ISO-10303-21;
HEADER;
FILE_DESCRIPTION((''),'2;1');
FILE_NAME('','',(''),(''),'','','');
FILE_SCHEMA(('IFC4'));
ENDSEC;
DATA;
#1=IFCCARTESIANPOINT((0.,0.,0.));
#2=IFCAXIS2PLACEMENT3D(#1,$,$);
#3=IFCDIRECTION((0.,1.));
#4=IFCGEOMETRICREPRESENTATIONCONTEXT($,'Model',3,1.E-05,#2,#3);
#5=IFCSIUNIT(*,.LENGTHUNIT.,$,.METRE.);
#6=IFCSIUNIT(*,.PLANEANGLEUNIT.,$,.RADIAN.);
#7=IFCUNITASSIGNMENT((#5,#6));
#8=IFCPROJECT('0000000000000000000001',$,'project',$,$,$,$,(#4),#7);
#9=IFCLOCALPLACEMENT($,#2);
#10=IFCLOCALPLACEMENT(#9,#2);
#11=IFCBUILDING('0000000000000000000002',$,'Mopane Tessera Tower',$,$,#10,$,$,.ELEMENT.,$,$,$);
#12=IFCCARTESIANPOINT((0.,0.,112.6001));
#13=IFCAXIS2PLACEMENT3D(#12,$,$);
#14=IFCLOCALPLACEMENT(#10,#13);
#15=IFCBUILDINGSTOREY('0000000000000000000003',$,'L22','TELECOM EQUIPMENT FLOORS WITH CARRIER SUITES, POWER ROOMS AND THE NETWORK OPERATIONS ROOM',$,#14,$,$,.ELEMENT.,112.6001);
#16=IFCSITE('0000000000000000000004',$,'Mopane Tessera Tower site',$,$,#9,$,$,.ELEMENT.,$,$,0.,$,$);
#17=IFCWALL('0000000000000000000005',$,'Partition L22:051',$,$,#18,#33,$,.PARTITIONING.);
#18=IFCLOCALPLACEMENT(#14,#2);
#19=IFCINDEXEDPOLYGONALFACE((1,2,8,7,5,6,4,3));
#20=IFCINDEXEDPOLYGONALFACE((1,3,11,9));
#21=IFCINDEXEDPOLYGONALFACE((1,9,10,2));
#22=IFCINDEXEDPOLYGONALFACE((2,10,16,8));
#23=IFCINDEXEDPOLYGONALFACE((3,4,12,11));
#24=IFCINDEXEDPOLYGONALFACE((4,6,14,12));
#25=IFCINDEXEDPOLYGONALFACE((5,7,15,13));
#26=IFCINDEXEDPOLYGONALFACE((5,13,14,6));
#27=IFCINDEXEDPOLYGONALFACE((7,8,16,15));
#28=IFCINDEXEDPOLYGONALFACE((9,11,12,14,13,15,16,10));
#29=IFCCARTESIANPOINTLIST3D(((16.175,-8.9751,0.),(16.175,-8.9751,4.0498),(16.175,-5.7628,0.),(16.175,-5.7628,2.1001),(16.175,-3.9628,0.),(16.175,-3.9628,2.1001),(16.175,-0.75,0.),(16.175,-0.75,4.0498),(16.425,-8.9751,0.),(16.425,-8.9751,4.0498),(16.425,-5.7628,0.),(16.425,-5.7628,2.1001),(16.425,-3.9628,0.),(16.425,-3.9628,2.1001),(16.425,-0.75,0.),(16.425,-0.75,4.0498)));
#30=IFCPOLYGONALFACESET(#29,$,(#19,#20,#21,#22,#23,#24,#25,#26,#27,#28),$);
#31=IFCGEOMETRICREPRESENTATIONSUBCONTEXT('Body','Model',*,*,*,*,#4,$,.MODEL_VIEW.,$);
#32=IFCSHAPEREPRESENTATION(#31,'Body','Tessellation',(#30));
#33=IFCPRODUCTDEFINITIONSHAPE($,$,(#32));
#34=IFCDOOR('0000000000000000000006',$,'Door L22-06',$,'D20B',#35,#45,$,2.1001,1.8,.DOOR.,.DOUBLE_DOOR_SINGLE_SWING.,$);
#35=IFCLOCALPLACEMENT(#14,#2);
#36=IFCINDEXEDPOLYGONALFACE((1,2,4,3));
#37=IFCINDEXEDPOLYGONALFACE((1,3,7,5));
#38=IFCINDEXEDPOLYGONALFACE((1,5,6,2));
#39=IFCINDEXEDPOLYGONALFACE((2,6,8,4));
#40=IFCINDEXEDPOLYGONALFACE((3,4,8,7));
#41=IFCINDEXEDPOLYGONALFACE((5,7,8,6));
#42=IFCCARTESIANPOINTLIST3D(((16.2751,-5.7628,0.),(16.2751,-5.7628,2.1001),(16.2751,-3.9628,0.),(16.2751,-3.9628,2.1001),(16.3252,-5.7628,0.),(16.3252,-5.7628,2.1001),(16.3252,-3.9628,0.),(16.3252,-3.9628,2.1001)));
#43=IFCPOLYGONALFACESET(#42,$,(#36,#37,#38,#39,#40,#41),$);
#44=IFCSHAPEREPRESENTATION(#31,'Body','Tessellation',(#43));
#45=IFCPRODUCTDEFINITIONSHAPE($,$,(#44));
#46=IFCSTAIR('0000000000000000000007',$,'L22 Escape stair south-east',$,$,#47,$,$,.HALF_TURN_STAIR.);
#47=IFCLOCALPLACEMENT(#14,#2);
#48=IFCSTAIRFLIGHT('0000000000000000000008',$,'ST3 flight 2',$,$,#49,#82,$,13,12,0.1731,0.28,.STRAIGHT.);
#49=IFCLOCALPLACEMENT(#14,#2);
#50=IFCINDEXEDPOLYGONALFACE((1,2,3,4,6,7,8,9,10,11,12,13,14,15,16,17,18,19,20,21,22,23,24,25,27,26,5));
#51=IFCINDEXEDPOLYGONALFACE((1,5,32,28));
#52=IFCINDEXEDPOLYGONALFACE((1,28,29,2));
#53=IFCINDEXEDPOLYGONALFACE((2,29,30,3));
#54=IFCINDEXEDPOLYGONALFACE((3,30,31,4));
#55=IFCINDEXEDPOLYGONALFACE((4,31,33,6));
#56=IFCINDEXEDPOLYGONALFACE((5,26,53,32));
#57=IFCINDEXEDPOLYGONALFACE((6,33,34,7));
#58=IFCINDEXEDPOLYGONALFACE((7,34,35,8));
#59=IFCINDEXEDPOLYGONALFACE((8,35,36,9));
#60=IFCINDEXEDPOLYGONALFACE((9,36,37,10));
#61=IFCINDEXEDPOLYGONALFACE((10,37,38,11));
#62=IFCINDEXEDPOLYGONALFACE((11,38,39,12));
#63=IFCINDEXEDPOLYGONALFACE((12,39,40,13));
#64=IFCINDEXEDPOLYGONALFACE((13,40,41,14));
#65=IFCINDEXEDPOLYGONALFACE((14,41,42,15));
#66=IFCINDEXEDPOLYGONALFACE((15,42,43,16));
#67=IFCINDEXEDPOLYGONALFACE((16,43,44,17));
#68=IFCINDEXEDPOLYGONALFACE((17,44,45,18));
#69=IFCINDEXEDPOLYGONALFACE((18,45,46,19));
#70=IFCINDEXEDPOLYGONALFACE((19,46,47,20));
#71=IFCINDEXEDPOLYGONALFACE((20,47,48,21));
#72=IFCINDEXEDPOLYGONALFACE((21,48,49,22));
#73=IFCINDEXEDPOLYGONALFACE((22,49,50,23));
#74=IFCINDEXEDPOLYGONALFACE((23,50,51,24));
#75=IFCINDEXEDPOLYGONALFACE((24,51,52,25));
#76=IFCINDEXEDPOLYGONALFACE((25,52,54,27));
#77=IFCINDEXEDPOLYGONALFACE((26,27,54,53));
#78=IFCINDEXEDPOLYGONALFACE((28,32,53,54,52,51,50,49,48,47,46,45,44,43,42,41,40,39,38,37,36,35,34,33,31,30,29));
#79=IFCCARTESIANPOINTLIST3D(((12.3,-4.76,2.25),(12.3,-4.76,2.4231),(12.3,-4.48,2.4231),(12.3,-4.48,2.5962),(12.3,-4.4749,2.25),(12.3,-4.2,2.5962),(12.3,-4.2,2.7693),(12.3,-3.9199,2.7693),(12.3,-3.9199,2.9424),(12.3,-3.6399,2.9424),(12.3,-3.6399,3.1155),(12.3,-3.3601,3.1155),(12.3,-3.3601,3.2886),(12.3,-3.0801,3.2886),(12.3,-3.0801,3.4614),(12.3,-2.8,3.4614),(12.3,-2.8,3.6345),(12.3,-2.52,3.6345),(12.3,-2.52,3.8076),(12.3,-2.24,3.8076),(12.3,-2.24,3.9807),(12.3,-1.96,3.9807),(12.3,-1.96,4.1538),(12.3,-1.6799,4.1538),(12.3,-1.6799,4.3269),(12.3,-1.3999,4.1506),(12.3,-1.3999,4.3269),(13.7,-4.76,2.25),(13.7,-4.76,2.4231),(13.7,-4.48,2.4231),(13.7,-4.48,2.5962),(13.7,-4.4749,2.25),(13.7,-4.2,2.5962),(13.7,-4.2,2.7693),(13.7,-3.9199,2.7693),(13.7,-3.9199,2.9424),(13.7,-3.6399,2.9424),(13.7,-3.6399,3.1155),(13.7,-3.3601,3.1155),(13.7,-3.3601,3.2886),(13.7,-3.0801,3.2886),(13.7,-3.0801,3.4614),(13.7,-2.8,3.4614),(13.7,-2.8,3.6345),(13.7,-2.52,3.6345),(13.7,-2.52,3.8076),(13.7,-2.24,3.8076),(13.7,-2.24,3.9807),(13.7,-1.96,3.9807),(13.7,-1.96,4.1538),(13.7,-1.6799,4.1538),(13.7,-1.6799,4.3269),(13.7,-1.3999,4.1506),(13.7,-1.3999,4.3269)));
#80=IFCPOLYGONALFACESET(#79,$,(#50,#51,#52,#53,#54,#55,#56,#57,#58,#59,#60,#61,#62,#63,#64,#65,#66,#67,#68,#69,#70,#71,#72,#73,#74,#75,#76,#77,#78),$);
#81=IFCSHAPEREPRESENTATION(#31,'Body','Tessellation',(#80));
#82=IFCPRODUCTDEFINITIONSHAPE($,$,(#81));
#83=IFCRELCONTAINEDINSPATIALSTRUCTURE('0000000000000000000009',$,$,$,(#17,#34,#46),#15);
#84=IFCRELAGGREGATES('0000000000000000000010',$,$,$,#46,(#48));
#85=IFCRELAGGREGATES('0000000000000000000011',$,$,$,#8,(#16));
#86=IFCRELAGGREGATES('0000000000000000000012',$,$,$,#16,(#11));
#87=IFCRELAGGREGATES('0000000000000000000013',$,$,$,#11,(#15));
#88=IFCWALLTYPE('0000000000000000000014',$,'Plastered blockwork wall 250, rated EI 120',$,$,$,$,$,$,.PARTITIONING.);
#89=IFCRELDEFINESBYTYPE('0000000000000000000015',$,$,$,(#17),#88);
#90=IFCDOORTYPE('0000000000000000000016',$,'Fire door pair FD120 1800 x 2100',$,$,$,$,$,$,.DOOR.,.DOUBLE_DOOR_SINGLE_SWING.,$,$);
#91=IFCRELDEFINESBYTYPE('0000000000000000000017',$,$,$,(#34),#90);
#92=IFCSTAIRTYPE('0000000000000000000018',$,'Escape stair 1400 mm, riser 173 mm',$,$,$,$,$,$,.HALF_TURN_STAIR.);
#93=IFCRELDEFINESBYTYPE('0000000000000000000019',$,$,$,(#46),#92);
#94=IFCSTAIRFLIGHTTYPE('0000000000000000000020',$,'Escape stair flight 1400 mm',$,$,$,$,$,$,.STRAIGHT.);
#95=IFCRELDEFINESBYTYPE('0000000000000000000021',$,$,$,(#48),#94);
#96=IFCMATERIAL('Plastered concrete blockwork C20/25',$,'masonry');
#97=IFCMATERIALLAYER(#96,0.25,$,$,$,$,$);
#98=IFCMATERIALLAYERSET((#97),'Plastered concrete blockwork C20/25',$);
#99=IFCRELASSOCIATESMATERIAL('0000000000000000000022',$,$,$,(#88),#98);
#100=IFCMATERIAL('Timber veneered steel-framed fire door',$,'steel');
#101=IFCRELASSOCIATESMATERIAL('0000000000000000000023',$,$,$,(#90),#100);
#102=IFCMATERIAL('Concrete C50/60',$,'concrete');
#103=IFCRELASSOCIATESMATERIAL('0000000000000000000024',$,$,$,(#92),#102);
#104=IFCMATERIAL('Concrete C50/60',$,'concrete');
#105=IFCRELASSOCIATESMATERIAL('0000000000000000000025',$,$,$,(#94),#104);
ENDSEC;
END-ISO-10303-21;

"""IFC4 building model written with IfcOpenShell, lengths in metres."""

from ifc_helpers import new_model, si_unit, direction, frame, frame_2d, origin, place, context, subcontext, project, spatial, polyline, rectangle, outline, extrude, material, layer, layer_set, type_object, element, fill, aggregate, save


model = new_model("IFC4")

# Units and contexts
model_context = context("Model", 3, precision=1e-05, world=origin(), true_north=direction((0.0, 1.0)))
body_context = subcontext(model_context, "Body", "Model", "MODEL_VIEW")
ifc_project = project(units=[si_unit("LENGTHUNIT", "METRE"), si_unit("PLANEANGLEUNIT", "RADIAN")], contexts=[model_context])

# Site, building, storey
site_placement = place(None, origin())
site = spatial("IfcSite", under=ifc_project, at=site_placement, Name="Mopane Tessera Tower site", CompositionType="ELEMENT", RefElevation=0.0)
building_placement = place(site_placement, origin())
building = spatial("IfcBuilding", under=site, at=building_placement, Name="Mopane Tessera Tower", CompositionType="ELEMENT")
storey_placement = place(building_placement, frame((0.0, 0.0, 112.6001)))
storey = spatial("IfcBuildingStorey", under=building, at=storey_placement, Name="L22", Description="TELECOM EQUIPMENT FLOORS WITH CARRIER SUITES, POWER ROOMS AND THE NETWORK OPERATIONS ROOM", CompositionType="ELEMENT", Elevation=112.6001)

# Shared definitions
ifc_material_1 = material(Name="Plastered concrete blockwork C20/25", Category="masonry")
ifc_layer_1 = layer(ifc_material_1, 0.25)
ifc_layer_set_1 = layer_set([ifc_layer_1], Name="Plastered concrete blockwork C20/25")
wall_type_1 = type_object("IfcWallType", Name="Plastered blockwork wall 250, rated EI 120", PredefinedType="PARTITIONING", material=ifc_layer_set_1)

# Wall, opening, door
wall_1_placement = place(storey_placement, frame((16.3, -8.9751, 0.0), z_axis=(0.0, 0.0, 1.0), x_axis=(0.0, 1.0, 0.0)))
wall_1 = element("IfcWall", 1, at=wall_1_placement, inside=storey, type_object=wall_type_1, Name="Partition L22:051", PredefinedType="PARTITIONING", context=body_context, shape_type="SweptSolid", body=[
    extrude(rectangle(XDim=8.2251, YDim=0.25, at=frame_2d((4.1125, 0.0))), origin(), (0.0, 0.0, 1.0), 4.0498),
])
opening_1_placement = place(wall_1_placement, frame((3.2124, 0.0, 0.0)))
opening_1 = element("IfcOpeningElement", 2, at=opening_1_placement, cuts=wall_1, PredefinedType="OPENING", context=body_context, shape_type="SweptSolid", body=[
    extrude(rectangle(XDim=1.8, YDim=2.1001, at=frame_2d((0.8999, 1.05))), frame((0.0, 0.137, 0.0), z_axis=(0.0, -1.0, 0.0), x_axis=(1.0, 0.0, 0.0)), (0.0, 0.0, 1.0), 0.2739),
])
ifc_material_2 = material(Name="Timber veneered steel-framed fire door", Category="steel")
door_type_1 = type_object("IfcDoorType", Name="Fire door pair FD120 1800 x 2100", OperationType="DOUBLE_DOOR_SINGLE_SWING", PredefinedType="DOOR", material=ifc_material_2)
door_1_placement = place(opening_1_placement, origin())
door_1 = element("IfcDoor", 3, at=door_1_placement, inside=storey, type_object=door_type_1, Name="Door L22-06", ObjectType="D20B", OperationType="DOUBLE_DOOR_SINGLE_SWING", OverallHeight=2.1001, OverallWidth=1.8, PredefinedType="DOOR", context=body_context, shape_type="SweptSolid", body=[
    extrude(rectangle(XDim=1.8, YDim=2.1001, at=frame_2d((0.8999, 1.05))), frame((0.0, 0.0249, 0.0), z_axis=(0.0, -1.0, 0.0), x_axis=(1.0, 0.0, 0.0)), (0.0, 0.0, 1.0), 0.05),
])
fill(opening_1, door_1)

# Stair, stair flight
ifc_material_3 = material(Name="Concrete C50/60", Category="concrete")
stair_type = type_object("IfcStairType", Name="Escape stair 1400 mm, riser 173 mm", PredefinedType="HALF_TURN_STAIR", material=ifc_material_3)
stair_placement = place(storey_placement, origin())
stair = element("IfcStair", 4, at=stair_placement, inside=storey, type_object=stair_type, Name="L22 Escape stair south-east", PredefinedType="HALF_TURN_STAIR")
ifc_material_4 = material(Name="Concrete C50/60", Category="concrete")
stair_flight_type = type_object("IfcStairFlightType", Name="Escape stair flight 1400 mm", PredefinedType="STRAIGHT", material=ifc_material_4)
stair_flight_placement = place(storey_placement, frame((13.0, -4.76, 2.25), z_axis=(0.0, 0.0, 1.0), x_axis=(0.0, 1.0, 0.0)))
stair_flight = element("IfcStairFlight", 5, at=stair_flight_placement, type_object=stair_flight_type, Name="ST3 flight 2", NumberOfRisers=13, NumberOfTreads=12, PredefinedType="STRAIGHT", RiserHeight=0.1731, TreadLength=0.28, context=body_context, shape_type="SweptSolid", body=[
    extrude(outline(polyline([(0.0, 0.0), (0.0, 0.1731), (0.28, 0.1731), (0.28, 0.3462), (0.5601, 0.3462), (0.5601, 0.5193), (0.8401, 0.5193), (0.8401, 0.6924), (1.1201, 0.6924), (1.1201, 0.8655), (1.3999, 0.8655), (1.3999, 1.0386), (1.6799, 1.0386), (1.6799, 1.2114), (1.96, 1.2114), (1.96, 1.3845), (2.24, 1.3845), (2.24, 1.5576), (2.52, 1.5576), (2.52, 1.7307), (2.8, 1.7307), (2.8, 1.9038), (3.0801, 1.9038), (3.0801, 2.0769), (3.3601, 2.0769), (3.3601, 2.25), (3.3601, 1.9006), (0.2852, 0.0), (0.0, 0.0)])), frame((0.0, 0.7, 0.0), z_axis=(0.0, -1.0, 0.0), x_axis=(1.0, 0.0, 0.0)), (0.0, 0.0, 1.0), 1.3999),
])
aggregate(stair, [stair_flight])

save(model, "model.ifc")
